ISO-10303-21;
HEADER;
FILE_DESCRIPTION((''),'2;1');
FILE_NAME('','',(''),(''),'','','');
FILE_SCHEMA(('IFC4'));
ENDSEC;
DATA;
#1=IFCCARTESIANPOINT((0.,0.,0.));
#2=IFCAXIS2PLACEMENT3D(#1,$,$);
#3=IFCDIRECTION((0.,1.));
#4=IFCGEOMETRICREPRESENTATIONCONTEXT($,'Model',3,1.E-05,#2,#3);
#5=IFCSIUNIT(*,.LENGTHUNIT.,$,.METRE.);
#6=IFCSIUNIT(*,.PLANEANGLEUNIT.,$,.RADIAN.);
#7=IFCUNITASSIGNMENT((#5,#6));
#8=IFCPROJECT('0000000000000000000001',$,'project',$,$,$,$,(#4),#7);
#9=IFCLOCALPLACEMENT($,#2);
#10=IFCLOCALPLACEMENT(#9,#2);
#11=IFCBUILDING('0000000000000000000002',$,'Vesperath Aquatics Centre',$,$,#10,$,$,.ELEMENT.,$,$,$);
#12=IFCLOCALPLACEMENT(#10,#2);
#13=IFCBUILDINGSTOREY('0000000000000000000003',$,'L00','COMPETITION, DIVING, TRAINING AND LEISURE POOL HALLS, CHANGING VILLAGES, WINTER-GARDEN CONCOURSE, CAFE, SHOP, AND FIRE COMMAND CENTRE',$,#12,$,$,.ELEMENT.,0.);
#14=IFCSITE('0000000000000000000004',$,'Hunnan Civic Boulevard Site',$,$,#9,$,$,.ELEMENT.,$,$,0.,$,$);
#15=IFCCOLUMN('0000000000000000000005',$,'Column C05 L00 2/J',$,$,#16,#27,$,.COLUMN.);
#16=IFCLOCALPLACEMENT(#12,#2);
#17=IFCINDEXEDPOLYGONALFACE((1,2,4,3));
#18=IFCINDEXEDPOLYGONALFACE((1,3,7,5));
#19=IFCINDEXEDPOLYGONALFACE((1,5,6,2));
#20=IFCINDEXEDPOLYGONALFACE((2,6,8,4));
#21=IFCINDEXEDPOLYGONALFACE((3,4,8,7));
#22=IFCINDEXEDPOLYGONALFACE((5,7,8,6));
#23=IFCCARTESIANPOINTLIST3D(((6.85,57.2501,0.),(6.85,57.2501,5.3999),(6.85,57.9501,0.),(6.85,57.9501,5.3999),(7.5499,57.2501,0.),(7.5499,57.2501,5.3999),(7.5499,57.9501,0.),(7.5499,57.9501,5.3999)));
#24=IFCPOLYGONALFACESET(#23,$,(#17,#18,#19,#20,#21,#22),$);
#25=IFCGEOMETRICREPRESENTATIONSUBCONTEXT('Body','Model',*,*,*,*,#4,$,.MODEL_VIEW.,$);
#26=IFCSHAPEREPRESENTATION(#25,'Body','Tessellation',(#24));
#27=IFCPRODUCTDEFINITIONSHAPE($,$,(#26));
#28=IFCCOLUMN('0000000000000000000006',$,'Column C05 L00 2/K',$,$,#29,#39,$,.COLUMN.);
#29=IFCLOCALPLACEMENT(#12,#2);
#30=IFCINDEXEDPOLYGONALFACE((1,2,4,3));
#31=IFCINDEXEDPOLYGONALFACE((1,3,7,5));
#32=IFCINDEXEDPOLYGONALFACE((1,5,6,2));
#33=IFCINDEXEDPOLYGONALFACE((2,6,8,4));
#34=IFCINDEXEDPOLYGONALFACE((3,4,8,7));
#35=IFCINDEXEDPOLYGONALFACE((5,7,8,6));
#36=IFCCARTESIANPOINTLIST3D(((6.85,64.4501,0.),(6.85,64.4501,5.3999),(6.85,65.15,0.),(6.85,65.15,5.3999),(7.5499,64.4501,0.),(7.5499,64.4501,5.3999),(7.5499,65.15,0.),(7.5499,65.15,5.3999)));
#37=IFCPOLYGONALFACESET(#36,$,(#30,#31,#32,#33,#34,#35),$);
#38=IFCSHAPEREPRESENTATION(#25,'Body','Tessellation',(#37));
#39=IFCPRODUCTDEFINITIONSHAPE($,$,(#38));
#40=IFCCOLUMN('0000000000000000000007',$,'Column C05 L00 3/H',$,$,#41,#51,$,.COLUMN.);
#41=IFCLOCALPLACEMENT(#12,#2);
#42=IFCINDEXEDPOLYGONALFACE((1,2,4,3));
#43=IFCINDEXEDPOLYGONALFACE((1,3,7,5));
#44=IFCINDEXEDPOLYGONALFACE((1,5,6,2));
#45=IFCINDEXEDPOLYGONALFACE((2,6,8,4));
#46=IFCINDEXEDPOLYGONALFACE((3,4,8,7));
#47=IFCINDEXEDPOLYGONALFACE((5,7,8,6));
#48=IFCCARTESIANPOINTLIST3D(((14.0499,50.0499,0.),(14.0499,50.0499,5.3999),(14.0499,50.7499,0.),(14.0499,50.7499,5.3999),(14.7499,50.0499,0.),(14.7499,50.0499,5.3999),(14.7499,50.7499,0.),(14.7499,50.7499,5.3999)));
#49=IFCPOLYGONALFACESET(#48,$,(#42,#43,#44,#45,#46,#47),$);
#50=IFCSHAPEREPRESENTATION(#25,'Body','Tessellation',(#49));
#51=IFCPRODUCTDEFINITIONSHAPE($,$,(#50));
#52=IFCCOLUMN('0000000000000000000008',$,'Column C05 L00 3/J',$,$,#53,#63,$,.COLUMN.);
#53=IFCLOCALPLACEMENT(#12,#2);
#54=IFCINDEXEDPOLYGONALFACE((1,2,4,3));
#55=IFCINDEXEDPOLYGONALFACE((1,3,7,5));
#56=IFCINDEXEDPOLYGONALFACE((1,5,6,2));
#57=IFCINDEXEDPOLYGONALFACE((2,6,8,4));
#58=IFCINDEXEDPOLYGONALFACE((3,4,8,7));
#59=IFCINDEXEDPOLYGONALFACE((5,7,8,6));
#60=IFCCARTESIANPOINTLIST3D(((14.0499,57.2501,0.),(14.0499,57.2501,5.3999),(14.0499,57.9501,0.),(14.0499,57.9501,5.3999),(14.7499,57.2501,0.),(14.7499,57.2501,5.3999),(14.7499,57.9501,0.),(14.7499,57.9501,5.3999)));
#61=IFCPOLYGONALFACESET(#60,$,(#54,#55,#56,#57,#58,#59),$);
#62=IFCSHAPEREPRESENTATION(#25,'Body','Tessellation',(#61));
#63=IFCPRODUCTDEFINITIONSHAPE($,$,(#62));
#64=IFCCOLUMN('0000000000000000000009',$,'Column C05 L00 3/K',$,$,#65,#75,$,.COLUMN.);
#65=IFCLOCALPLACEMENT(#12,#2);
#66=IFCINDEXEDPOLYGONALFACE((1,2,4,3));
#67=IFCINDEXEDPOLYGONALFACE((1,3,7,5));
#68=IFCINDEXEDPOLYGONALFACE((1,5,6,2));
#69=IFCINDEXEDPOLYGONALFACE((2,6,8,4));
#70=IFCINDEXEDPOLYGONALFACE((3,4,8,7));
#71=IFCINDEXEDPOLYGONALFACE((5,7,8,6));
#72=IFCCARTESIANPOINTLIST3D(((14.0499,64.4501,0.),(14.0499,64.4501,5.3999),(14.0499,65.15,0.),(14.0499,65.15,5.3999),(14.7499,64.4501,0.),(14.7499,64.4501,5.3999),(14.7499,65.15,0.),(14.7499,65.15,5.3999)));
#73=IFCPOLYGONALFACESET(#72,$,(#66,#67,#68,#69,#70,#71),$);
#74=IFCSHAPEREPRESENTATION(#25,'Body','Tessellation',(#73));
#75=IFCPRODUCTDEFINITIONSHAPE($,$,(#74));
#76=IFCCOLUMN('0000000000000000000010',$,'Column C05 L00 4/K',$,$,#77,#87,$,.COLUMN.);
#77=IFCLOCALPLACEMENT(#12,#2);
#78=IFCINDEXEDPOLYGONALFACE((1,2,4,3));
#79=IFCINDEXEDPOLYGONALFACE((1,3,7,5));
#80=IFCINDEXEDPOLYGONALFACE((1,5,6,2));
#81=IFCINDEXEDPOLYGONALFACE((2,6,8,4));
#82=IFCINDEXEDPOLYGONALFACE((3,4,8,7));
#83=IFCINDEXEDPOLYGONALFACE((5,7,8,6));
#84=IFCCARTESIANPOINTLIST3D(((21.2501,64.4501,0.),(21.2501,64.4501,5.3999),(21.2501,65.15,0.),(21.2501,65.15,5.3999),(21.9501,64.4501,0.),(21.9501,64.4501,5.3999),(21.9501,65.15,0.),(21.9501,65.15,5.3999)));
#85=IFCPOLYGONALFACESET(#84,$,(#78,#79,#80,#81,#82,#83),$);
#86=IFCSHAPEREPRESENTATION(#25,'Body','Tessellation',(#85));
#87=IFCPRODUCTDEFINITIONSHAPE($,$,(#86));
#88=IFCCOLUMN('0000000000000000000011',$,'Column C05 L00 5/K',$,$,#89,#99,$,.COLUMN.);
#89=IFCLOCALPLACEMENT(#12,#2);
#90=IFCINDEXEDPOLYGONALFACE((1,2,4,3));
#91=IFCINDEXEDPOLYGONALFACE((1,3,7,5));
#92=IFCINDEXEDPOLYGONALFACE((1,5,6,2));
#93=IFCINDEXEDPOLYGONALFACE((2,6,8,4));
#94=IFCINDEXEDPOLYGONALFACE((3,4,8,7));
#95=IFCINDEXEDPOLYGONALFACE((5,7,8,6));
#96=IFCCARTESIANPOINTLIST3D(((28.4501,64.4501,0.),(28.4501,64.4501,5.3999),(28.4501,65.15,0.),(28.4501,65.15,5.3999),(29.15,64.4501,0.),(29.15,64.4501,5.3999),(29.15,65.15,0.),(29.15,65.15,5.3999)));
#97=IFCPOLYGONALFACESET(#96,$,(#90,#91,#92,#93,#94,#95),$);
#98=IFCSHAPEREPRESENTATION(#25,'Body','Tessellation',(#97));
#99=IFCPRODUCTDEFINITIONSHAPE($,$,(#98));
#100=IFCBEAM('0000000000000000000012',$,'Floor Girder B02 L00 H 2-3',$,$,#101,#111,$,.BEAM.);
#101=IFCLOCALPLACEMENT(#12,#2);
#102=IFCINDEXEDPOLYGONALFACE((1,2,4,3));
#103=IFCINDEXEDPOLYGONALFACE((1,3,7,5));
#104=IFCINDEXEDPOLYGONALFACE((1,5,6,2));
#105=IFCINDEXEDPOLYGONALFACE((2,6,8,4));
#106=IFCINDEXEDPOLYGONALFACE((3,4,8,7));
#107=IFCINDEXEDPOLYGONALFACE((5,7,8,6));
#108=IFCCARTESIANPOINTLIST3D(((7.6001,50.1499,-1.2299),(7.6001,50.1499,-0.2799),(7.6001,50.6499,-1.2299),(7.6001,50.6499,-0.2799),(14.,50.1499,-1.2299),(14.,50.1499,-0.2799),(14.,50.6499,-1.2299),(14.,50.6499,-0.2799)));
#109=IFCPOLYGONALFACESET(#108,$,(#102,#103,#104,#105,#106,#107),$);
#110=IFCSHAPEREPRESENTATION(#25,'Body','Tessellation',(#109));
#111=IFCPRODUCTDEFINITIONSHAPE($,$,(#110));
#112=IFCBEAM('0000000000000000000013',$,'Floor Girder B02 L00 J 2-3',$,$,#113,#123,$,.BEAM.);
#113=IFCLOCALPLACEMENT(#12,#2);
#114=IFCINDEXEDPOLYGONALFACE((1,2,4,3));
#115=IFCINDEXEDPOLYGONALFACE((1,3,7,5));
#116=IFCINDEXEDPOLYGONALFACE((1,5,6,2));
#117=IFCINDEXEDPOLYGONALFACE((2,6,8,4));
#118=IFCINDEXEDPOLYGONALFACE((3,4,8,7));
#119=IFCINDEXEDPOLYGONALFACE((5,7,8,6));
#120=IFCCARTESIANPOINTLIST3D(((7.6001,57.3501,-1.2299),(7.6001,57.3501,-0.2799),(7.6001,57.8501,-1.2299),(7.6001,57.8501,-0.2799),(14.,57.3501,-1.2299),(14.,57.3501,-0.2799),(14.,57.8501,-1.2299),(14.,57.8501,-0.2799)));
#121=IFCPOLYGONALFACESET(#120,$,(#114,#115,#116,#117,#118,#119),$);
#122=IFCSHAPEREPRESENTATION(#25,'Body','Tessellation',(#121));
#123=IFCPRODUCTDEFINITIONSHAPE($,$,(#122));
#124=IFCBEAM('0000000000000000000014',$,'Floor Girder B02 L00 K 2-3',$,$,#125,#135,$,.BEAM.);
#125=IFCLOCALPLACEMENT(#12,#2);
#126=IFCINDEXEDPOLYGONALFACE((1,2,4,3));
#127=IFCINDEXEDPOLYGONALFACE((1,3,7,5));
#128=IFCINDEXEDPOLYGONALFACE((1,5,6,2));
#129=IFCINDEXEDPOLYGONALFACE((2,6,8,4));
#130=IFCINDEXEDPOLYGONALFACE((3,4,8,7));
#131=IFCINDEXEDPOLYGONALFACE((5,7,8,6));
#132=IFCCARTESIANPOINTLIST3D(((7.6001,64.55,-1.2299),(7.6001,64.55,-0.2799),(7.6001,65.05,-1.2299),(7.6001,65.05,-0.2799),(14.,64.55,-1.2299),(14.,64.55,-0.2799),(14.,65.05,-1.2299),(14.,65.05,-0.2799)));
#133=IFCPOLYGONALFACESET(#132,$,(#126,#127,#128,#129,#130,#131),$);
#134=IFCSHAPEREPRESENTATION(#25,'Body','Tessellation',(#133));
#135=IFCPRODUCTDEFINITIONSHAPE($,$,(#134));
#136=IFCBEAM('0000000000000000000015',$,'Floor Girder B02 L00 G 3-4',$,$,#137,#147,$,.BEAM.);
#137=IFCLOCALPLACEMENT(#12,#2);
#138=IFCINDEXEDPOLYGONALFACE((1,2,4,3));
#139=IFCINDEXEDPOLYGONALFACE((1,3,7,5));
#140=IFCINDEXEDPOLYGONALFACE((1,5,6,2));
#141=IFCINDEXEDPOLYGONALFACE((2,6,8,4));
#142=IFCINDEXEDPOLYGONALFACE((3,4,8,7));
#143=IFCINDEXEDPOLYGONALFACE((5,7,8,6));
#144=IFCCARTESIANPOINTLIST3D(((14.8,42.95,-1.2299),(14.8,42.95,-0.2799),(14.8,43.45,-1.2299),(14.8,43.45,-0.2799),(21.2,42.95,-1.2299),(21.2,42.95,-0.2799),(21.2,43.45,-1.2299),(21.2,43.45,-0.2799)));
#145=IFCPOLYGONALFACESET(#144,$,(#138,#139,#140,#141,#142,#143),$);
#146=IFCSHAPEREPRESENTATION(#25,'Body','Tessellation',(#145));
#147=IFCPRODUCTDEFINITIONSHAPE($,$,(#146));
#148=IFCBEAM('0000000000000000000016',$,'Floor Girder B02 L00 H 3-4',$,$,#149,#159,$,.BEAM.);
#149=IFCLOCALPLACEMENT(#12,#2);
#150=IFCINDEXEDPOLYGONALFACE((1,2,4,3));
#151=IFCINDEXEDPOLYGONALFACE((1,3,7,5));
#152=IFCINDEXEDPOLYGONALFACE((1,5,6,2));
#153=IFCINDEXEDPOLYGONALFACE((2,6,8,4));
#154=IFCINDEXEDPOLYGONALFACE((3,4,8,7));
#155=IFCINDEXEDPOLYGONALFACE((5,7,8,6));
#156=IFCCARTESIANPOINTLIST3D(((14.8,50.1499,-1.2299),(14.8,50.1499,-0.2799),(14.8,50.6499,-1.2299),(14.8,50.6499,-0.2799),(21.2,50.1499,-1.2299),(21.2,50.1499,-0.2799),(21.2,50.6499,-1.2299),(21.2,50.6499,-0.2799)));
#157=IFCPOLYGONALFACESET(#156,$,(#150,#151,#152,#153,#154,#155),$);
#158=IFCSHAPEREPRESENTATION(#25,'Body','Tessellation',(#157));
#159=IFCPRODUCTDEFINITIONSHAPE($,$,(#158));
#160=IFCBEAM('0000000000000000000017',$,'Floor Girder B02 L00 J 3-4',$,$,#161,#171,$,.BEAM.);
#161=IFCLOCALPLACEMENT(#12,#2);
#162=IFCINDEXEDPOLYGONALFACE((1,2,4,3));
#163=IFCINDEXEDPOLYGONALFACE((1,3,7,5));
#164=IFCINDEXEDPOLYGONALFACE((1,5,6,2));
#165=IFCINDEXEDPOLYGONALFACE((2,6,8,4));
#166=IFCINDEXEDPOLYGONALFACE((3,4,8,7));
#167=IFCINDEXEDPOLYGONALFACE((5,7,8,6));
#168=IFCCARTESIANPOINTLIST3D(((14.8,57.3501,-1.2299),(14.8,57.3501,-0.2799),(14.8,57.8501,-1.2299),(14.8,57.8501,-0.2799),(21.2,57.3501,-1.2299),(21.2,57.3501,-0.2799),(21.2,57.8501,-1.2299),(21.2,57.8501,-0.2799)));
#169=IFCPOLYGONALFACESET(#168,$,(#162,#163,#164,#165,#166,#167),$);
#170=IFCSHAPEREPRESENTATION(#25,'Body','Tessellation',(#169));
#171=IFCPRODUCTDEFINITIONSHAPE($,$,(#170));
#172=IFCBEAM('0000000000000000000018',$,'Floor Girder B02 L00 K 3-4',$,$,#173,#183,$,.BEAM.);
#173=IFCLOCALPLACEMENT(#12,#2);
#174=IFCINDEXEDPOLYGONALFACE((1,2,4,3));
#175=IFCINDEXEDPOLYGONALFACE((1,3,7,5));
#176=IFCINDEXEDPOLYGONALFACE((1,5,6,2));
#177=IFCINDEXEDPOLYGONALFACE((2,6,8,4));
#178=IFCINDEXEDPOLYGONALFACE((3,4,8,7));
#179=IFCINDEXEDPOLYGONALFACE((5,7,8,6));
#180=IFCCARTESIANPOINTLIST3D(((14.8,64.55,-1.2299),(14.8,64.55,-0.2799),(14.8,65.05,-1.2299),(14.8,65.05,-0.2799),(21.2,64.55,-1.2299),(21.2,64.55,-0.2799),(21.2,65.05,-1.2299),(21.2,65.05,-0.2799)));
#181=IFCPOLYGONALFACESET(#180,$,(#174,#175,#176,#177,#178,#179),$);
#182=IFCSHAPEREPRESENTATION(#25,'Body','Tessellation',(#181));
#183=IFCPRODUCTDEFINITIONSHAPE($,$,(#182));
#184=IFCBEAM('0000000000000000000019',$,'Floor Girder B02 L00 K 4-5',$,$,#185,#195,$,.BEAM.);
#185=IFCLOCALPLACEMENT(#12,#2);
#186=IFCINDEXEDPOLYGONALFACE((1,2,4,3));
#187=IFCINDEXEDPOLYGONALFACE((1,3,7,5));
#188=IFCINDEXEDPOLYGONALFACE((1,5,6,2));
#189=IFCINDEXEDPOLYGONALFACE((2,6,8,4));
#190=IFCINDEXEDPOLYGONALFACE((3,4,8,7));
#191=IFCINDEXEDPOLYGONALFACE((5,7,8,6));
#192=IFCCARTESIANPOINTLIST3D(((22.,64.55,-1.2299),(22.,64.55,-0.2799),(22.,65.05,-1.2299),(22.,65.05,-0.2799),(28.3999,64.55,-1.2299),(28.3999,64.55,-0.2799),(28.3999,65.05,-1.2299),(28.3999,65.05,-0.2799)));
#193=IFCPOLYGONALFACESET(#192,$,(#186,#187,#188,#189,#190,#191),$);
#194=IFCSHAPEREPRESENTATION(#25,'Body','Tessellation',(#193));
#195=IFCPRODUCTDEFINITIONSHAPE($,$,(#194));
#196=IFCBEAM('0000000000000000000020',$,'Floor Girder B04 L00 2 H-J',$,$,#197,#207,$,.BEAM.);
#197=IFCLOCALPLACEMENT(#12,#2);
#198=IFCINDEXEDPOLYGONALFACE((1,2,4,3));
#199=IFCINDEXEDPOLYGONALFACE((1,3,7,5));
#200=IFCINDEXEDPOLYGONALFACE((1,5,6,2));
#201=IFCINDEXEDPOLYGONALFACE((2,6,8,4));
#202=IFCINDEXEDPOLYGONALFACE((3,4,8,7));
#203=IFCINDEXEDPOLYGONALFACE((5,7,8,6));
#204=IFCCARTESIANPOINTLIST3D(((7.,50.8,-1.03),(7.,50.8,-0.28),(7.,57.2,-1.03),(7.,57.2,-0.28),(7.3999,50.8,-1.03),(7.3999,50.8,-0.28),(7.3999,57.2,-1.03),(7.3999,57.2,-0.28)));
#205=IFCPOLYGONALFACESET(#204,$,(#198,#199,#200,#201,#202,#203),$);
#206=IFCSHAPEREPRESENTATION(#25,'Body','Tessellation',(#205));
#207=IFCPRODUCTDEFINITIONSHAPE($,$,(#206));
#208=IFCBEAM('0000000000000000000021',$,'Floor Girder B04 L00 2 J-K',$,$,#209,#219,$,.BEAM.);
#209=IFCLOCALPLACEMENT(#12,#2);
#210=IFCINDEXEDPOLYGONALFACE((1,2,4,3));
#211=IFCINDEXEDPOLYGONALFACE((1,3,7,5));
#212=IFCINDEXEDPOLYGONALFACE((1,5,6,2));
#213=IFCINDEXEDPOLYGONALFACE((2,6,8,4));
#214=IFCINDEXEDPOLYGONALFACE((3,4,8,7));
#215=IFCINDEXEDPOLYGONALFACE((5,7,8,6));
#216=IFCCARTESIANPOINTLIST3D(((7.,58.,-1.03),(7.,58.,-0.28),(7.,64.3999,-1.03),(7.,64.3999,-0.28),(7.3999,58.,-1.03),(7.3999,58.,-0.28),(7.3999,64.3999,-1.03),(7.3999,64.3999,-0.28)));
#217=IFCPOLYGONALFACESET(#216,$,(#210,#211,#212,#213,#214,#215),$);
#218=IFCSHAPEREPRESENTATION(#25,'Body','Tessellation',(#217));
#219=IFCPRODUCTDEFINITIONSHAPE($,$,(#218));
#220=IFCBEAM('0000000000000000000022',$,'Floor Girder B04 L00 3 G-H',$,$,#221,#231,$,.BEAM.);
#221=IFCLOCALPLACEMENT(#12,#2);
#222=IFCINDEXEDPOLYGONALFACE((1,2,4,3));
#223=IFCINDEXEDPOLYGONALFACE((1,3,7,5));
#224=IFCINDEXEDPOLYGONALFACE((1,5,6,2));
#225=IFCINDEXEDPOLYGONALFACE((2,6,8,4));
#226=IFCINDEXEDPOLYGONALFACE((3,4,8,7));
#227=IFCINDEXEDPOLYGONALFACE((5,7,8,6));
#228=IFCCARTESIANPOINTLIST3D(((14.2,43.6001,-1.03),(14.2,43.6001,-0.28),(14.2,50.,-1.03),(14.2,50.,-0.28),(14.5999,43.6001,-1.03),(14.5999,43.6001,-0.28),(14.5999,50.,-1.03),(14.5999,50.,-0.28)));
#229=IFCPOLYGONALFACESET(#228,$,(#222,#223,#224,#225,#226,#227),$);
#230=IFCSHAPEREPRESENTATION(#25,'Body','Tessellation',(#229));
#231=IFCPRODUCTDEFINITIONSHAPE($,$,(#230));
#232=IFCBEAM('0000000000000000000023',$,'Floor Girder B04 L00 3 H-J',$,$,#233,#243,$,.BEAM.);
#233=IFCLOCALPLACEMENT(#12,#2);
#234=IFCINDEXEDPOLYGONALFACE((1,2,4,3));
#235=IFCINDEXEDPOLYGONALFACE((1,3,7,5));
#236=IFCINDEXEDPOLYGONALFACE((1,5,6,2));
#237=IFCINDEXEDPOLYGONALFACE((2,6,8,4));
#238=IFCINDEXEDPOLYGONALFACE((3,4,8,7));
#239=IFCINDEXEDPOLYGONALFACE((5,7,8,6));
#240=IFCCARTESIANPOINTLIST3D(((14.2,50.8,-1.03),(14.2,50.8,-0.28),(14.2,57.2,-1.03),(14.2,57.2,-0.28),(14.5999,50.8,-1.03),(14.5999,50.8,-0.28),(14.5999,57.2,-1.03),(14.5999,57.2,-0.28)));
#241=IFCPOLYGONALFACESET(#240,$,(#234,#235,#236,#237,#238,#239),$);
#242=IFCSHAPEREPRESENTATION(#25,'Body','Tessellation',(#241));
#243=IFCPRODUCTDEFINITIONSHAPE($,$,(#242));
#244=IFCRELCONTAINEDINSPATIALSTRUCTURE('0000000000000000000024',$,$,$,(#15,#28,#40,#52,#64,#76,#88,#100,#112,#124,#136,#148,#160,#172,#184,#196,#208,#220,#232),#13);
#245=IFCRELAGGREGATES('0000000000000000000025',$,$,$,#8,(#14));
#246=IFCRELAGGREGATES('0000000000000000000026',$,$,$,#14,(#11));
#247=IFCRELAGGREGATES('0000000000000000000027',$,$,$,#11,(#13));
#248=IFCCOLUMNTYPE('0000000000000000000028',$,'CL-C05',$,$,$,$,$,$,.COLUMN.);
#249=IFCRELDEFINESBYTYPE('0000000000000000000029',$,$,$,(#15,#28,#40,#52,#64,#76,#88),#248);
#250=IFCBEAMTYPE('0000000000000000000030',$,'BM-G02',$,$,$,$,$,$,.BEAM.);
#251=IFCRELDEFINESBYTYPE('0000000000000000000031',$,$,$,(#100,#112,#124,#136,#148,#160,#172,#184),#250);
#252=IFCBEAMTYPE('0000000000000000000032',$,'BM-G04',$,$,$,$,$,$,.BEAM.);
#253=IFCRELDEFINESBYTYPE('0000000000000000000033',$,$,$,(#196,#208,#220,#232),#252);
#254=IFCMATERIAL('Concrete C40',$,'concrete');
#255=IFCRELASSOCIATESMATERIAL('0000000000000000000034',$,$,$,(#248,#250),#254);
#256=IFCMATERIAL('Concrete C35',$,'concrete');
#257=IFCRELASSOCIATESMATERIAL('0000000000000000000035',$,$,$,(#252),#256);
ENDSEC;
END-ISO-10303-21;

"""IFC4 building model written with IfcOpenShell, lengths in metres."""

from ifc_helpers import new_model, si_unit, direction, frame, origin, origin_2d, place, context, subcontext, project, spatial, rectangle, extrude, material, material_profile, profile_set, type_object, element, save


model = new_model("IFC4")

# Units and contexts
model_context = context("Model", 3, precision=1e-05, world=origin(), true_north=direction((0.0, 1.0)))
body_context = subcontext(model_context, "Body", "Model", "MODEL_VIEW")
ifc_project = project(units=[si_unit("LENGTHUNIT", "METRE"), si_unit("PLANEANGLEUNIT", "RADIAN")], contexts=[model_context])

# Site, building, storey
site_placement = place(None, origin())
site = spatial("IfcSite", under=ifc_project, at=site_placement, Name="Hunnan Civic Boulevard Site", CompositionType="ELEMENT", RefElevation=0.0)
building_placement = place(site_placement, origin())
building = spatial("IfcBuilding", under=site, at=building_placement, Name="Vesperath Aquatics Centre", CompositionType="ELEMENT")
storey_placement = place(building_placement, origin())
storey = spatial("IfcBuildingStorey", under=building, at=storey_placement, Name="L00", Description="COMPETITION, DIVING, TRAINING AND LEISURE POOL HALLS, CHANGING VILLAGES, WINTER-GARDEN CONCOURSE, CAFE, SHOP, AND FIRE COMMAND CENTRE", CompositionType="ELEMENT", Elevation=0.0)

# Columns
ifc_material_1 = material(Name="Concrete C40", Category="concrete")
ifc_material_profile_1 = material_profile(ifc_material_1, rectangle(XDim=0.7, YDim=0.7, at=origin_2d()), Name="RC 700x700")
ifc_profile_set_1 = profile_set([ifc_material_profile_1], Name="Concrete C40")
column_type = type_object("IfcColumnType", Name="CL-C05", PredefinedType="COLUMN", material=ifc_profile_set_1)
for number, where, z_axis, x_axis, name in (
    (1, (7.2, 57.6001, 0.0), (0.0, 0.0, 1.0), (1.0, 0.0, 0.0), "Column C05 L00 2/J"),
    (2, (7.2, 64.8, 0.0), (0.0, 0.0, 1.0), (1.0, 0.0, 0.0), "Column C05 L00 2/K"),
    (3, (14.3999, 50.3999, 0.0), (0.0, 0.0, 1.0), (1.0, 0.0, 0.0), "Column C05 L00 3/H"),
    (4, (14.3999, 57.6001, 0.0), (0.0, 0.0, 1.0), (1.0, 0.0, 0.0), "Column C05 L00 3/J"),
    (5, (14.3999, 64.8, 0.0), (0.0, 0.0, 1.0), (1.0, 0.0, 0.0), "Column C05 L00 3/K"),
    (6, (21.6001, 64.8, 0.0), (0.0, 0.0, 1.0), (1.0, 0.0, 0.0), "Column C05 L00 4/K"),
    (7, (28.8, 64.8, 0.0), (0.0, 0.0, 1.0), (1.0, 0.0, 0.0), "Column C05 L00 5/K"),
):
    element("IfcColumn", number, at=place(storey_placement, frame(where, z_axis=z_axis, x_axis=x_axis)), inside=storey, type_object=column_type, Name=name, PredefinedType="COLUMN", context=body_context, shape_type="SweptSolid", body=[
        extrude(rectangle(XDim=0.7, YDim=0.7, at=origin_2d()), origin(), (0.0, 0.0, 1.0), 5.3999),
    ])

# Beams
ifc_material_profile_2 = material_profile(ifc_material_1, rectangle(XDim=0.5, YDim=0.95, at=origin_2d()), Name="RC 500x950")
ifc_profile_set_2 = profile_set([ifc_material_profile_2], Name="Concrete C40")
beam_type_1 = type_object("IfcBeamType", Name="BM-G02", PredefinedType="BEAM", material=ifc_profile_set_2)
for number, where, z_axis, x_axis, name in (
    (8, (7.6001, 50.3999, -0.7549), (1.0, 0.0, 0.0), (0.0, 1.0, 0.0), "Floor Girder B02 L00 H 2-3"),
    (9, (7.6001, 57.6001, -0.7549), (1.0, 0.0, 0.0), (0.0, 1.0, 0.0), "Floor Girder B02 L00 J 2-3"),
    (10, (7.6001, 64.8, -0.7549), (1.0, 0.0, 0.0), (0.0, 1.0, 0.0), "Floor Girder B02 L00 K 2-3"),
    (11, (14.8, 43.2, -0.7549), (1.0, 0.0, 0.0), (0.0, 1.0, 0.0), "Floor Girder B02 L00 G 3-4"),
    (12, (14.8, 50.3999, -0.7549), (1.0, 0.0, 0.0), (0.0, 1.0, 0.0), "Floor Girder B02 L00 H 3-4"),
    (13, (14.8, 57.6001, -0.7549), (1.0, 0.0, 0.0), (0.0, 1.0, 0.0), "Floor Girder B02 L00 J 3-4"),
    (14, (14.8, 64.8, -0.7549), (1.0, 0.0, 0.0), (0.0, 1.0, 0.0), "Floor Girder B02 L00 K 3-4"),
    (15, (22.0, 64.8, -0.7549), (1.0, 0.0, 0.0), (0.0, 1.0, 0.0), "Floor Girder B02 L00 K 4-5"),
):
    element("IfcBeam", number, at=place(storey_placement, frame(where, z_axis=z_axis, x_axis=x_axis)), inside=storey, type_object=beam_type_1, Name=name, PredefinedType="BEAM", context=body_context, shape_type="SweptSolid", body=[
        extrude(rectangle(XDim=0.5, YDim=0.95, at=origin_2d()), origin(), (0.0, 0.0, 1.0), 6.3999),
    ])
ifc_material_2 = material(Name="Concrete C35", Category="concrete")
ifc_material_profile_3 = material_profile(ifc_material_2, rectangle(XDim=0.3999, YDim=0.75, at=origin_2d()), Name="RC 400x750")
ifc_profile_set_3 = profile_set([ifc_material_profile_3], Name="Concrete C35")
beam_type_2 = type_object("IfcBeamType", Name="BM-G04", PredefinedType="BEAM", material=ifc_profile_set_3)
for number, where, z_axis, x_axis, name in (
    (16, (7.2, 50.8, -0.655), (0.0, 1.0, 0.0), (-1.0, 0.0, 0.0), "Floor Girder B04 L00 2 H-J"),
    (17, (7.2, 58.0, -0.655), (0.0, 1.0, 0.0), (-1.0, 0.0, 0.0), "Floor Girder B04 L00 2 J-K"),
    (18, (14.3999, 43.6001, -0.655), (0.0, 1.0, 0.0), (-1.0, 0.0, 0.0), "Floor Girder B04 L00 3 G-H"),
    (19, (14.3999, 50.8, -0.655), (0.0, 1.0, 0.0), (-1.0, 0.0, 0.0), "Floor Girder B04 L00 3 H-J"),
):
    element("IfcBeam", number, at=place(storey_placement, frame(where, z_axis=z_axis, x_axis=x_axis)), inside=storey, type_object=beam_type_2, Name=name, PredefinedType="BEAM", context=body_context, shape_type="SweptSolid", body=[
        extrude(rectangle(XDim=0.3999, YDim=0.75, at=origin_2d()), origin(), (0.0, 0.0, 1.0), 6.3999),
    ])

save(model, "model.ifc")
